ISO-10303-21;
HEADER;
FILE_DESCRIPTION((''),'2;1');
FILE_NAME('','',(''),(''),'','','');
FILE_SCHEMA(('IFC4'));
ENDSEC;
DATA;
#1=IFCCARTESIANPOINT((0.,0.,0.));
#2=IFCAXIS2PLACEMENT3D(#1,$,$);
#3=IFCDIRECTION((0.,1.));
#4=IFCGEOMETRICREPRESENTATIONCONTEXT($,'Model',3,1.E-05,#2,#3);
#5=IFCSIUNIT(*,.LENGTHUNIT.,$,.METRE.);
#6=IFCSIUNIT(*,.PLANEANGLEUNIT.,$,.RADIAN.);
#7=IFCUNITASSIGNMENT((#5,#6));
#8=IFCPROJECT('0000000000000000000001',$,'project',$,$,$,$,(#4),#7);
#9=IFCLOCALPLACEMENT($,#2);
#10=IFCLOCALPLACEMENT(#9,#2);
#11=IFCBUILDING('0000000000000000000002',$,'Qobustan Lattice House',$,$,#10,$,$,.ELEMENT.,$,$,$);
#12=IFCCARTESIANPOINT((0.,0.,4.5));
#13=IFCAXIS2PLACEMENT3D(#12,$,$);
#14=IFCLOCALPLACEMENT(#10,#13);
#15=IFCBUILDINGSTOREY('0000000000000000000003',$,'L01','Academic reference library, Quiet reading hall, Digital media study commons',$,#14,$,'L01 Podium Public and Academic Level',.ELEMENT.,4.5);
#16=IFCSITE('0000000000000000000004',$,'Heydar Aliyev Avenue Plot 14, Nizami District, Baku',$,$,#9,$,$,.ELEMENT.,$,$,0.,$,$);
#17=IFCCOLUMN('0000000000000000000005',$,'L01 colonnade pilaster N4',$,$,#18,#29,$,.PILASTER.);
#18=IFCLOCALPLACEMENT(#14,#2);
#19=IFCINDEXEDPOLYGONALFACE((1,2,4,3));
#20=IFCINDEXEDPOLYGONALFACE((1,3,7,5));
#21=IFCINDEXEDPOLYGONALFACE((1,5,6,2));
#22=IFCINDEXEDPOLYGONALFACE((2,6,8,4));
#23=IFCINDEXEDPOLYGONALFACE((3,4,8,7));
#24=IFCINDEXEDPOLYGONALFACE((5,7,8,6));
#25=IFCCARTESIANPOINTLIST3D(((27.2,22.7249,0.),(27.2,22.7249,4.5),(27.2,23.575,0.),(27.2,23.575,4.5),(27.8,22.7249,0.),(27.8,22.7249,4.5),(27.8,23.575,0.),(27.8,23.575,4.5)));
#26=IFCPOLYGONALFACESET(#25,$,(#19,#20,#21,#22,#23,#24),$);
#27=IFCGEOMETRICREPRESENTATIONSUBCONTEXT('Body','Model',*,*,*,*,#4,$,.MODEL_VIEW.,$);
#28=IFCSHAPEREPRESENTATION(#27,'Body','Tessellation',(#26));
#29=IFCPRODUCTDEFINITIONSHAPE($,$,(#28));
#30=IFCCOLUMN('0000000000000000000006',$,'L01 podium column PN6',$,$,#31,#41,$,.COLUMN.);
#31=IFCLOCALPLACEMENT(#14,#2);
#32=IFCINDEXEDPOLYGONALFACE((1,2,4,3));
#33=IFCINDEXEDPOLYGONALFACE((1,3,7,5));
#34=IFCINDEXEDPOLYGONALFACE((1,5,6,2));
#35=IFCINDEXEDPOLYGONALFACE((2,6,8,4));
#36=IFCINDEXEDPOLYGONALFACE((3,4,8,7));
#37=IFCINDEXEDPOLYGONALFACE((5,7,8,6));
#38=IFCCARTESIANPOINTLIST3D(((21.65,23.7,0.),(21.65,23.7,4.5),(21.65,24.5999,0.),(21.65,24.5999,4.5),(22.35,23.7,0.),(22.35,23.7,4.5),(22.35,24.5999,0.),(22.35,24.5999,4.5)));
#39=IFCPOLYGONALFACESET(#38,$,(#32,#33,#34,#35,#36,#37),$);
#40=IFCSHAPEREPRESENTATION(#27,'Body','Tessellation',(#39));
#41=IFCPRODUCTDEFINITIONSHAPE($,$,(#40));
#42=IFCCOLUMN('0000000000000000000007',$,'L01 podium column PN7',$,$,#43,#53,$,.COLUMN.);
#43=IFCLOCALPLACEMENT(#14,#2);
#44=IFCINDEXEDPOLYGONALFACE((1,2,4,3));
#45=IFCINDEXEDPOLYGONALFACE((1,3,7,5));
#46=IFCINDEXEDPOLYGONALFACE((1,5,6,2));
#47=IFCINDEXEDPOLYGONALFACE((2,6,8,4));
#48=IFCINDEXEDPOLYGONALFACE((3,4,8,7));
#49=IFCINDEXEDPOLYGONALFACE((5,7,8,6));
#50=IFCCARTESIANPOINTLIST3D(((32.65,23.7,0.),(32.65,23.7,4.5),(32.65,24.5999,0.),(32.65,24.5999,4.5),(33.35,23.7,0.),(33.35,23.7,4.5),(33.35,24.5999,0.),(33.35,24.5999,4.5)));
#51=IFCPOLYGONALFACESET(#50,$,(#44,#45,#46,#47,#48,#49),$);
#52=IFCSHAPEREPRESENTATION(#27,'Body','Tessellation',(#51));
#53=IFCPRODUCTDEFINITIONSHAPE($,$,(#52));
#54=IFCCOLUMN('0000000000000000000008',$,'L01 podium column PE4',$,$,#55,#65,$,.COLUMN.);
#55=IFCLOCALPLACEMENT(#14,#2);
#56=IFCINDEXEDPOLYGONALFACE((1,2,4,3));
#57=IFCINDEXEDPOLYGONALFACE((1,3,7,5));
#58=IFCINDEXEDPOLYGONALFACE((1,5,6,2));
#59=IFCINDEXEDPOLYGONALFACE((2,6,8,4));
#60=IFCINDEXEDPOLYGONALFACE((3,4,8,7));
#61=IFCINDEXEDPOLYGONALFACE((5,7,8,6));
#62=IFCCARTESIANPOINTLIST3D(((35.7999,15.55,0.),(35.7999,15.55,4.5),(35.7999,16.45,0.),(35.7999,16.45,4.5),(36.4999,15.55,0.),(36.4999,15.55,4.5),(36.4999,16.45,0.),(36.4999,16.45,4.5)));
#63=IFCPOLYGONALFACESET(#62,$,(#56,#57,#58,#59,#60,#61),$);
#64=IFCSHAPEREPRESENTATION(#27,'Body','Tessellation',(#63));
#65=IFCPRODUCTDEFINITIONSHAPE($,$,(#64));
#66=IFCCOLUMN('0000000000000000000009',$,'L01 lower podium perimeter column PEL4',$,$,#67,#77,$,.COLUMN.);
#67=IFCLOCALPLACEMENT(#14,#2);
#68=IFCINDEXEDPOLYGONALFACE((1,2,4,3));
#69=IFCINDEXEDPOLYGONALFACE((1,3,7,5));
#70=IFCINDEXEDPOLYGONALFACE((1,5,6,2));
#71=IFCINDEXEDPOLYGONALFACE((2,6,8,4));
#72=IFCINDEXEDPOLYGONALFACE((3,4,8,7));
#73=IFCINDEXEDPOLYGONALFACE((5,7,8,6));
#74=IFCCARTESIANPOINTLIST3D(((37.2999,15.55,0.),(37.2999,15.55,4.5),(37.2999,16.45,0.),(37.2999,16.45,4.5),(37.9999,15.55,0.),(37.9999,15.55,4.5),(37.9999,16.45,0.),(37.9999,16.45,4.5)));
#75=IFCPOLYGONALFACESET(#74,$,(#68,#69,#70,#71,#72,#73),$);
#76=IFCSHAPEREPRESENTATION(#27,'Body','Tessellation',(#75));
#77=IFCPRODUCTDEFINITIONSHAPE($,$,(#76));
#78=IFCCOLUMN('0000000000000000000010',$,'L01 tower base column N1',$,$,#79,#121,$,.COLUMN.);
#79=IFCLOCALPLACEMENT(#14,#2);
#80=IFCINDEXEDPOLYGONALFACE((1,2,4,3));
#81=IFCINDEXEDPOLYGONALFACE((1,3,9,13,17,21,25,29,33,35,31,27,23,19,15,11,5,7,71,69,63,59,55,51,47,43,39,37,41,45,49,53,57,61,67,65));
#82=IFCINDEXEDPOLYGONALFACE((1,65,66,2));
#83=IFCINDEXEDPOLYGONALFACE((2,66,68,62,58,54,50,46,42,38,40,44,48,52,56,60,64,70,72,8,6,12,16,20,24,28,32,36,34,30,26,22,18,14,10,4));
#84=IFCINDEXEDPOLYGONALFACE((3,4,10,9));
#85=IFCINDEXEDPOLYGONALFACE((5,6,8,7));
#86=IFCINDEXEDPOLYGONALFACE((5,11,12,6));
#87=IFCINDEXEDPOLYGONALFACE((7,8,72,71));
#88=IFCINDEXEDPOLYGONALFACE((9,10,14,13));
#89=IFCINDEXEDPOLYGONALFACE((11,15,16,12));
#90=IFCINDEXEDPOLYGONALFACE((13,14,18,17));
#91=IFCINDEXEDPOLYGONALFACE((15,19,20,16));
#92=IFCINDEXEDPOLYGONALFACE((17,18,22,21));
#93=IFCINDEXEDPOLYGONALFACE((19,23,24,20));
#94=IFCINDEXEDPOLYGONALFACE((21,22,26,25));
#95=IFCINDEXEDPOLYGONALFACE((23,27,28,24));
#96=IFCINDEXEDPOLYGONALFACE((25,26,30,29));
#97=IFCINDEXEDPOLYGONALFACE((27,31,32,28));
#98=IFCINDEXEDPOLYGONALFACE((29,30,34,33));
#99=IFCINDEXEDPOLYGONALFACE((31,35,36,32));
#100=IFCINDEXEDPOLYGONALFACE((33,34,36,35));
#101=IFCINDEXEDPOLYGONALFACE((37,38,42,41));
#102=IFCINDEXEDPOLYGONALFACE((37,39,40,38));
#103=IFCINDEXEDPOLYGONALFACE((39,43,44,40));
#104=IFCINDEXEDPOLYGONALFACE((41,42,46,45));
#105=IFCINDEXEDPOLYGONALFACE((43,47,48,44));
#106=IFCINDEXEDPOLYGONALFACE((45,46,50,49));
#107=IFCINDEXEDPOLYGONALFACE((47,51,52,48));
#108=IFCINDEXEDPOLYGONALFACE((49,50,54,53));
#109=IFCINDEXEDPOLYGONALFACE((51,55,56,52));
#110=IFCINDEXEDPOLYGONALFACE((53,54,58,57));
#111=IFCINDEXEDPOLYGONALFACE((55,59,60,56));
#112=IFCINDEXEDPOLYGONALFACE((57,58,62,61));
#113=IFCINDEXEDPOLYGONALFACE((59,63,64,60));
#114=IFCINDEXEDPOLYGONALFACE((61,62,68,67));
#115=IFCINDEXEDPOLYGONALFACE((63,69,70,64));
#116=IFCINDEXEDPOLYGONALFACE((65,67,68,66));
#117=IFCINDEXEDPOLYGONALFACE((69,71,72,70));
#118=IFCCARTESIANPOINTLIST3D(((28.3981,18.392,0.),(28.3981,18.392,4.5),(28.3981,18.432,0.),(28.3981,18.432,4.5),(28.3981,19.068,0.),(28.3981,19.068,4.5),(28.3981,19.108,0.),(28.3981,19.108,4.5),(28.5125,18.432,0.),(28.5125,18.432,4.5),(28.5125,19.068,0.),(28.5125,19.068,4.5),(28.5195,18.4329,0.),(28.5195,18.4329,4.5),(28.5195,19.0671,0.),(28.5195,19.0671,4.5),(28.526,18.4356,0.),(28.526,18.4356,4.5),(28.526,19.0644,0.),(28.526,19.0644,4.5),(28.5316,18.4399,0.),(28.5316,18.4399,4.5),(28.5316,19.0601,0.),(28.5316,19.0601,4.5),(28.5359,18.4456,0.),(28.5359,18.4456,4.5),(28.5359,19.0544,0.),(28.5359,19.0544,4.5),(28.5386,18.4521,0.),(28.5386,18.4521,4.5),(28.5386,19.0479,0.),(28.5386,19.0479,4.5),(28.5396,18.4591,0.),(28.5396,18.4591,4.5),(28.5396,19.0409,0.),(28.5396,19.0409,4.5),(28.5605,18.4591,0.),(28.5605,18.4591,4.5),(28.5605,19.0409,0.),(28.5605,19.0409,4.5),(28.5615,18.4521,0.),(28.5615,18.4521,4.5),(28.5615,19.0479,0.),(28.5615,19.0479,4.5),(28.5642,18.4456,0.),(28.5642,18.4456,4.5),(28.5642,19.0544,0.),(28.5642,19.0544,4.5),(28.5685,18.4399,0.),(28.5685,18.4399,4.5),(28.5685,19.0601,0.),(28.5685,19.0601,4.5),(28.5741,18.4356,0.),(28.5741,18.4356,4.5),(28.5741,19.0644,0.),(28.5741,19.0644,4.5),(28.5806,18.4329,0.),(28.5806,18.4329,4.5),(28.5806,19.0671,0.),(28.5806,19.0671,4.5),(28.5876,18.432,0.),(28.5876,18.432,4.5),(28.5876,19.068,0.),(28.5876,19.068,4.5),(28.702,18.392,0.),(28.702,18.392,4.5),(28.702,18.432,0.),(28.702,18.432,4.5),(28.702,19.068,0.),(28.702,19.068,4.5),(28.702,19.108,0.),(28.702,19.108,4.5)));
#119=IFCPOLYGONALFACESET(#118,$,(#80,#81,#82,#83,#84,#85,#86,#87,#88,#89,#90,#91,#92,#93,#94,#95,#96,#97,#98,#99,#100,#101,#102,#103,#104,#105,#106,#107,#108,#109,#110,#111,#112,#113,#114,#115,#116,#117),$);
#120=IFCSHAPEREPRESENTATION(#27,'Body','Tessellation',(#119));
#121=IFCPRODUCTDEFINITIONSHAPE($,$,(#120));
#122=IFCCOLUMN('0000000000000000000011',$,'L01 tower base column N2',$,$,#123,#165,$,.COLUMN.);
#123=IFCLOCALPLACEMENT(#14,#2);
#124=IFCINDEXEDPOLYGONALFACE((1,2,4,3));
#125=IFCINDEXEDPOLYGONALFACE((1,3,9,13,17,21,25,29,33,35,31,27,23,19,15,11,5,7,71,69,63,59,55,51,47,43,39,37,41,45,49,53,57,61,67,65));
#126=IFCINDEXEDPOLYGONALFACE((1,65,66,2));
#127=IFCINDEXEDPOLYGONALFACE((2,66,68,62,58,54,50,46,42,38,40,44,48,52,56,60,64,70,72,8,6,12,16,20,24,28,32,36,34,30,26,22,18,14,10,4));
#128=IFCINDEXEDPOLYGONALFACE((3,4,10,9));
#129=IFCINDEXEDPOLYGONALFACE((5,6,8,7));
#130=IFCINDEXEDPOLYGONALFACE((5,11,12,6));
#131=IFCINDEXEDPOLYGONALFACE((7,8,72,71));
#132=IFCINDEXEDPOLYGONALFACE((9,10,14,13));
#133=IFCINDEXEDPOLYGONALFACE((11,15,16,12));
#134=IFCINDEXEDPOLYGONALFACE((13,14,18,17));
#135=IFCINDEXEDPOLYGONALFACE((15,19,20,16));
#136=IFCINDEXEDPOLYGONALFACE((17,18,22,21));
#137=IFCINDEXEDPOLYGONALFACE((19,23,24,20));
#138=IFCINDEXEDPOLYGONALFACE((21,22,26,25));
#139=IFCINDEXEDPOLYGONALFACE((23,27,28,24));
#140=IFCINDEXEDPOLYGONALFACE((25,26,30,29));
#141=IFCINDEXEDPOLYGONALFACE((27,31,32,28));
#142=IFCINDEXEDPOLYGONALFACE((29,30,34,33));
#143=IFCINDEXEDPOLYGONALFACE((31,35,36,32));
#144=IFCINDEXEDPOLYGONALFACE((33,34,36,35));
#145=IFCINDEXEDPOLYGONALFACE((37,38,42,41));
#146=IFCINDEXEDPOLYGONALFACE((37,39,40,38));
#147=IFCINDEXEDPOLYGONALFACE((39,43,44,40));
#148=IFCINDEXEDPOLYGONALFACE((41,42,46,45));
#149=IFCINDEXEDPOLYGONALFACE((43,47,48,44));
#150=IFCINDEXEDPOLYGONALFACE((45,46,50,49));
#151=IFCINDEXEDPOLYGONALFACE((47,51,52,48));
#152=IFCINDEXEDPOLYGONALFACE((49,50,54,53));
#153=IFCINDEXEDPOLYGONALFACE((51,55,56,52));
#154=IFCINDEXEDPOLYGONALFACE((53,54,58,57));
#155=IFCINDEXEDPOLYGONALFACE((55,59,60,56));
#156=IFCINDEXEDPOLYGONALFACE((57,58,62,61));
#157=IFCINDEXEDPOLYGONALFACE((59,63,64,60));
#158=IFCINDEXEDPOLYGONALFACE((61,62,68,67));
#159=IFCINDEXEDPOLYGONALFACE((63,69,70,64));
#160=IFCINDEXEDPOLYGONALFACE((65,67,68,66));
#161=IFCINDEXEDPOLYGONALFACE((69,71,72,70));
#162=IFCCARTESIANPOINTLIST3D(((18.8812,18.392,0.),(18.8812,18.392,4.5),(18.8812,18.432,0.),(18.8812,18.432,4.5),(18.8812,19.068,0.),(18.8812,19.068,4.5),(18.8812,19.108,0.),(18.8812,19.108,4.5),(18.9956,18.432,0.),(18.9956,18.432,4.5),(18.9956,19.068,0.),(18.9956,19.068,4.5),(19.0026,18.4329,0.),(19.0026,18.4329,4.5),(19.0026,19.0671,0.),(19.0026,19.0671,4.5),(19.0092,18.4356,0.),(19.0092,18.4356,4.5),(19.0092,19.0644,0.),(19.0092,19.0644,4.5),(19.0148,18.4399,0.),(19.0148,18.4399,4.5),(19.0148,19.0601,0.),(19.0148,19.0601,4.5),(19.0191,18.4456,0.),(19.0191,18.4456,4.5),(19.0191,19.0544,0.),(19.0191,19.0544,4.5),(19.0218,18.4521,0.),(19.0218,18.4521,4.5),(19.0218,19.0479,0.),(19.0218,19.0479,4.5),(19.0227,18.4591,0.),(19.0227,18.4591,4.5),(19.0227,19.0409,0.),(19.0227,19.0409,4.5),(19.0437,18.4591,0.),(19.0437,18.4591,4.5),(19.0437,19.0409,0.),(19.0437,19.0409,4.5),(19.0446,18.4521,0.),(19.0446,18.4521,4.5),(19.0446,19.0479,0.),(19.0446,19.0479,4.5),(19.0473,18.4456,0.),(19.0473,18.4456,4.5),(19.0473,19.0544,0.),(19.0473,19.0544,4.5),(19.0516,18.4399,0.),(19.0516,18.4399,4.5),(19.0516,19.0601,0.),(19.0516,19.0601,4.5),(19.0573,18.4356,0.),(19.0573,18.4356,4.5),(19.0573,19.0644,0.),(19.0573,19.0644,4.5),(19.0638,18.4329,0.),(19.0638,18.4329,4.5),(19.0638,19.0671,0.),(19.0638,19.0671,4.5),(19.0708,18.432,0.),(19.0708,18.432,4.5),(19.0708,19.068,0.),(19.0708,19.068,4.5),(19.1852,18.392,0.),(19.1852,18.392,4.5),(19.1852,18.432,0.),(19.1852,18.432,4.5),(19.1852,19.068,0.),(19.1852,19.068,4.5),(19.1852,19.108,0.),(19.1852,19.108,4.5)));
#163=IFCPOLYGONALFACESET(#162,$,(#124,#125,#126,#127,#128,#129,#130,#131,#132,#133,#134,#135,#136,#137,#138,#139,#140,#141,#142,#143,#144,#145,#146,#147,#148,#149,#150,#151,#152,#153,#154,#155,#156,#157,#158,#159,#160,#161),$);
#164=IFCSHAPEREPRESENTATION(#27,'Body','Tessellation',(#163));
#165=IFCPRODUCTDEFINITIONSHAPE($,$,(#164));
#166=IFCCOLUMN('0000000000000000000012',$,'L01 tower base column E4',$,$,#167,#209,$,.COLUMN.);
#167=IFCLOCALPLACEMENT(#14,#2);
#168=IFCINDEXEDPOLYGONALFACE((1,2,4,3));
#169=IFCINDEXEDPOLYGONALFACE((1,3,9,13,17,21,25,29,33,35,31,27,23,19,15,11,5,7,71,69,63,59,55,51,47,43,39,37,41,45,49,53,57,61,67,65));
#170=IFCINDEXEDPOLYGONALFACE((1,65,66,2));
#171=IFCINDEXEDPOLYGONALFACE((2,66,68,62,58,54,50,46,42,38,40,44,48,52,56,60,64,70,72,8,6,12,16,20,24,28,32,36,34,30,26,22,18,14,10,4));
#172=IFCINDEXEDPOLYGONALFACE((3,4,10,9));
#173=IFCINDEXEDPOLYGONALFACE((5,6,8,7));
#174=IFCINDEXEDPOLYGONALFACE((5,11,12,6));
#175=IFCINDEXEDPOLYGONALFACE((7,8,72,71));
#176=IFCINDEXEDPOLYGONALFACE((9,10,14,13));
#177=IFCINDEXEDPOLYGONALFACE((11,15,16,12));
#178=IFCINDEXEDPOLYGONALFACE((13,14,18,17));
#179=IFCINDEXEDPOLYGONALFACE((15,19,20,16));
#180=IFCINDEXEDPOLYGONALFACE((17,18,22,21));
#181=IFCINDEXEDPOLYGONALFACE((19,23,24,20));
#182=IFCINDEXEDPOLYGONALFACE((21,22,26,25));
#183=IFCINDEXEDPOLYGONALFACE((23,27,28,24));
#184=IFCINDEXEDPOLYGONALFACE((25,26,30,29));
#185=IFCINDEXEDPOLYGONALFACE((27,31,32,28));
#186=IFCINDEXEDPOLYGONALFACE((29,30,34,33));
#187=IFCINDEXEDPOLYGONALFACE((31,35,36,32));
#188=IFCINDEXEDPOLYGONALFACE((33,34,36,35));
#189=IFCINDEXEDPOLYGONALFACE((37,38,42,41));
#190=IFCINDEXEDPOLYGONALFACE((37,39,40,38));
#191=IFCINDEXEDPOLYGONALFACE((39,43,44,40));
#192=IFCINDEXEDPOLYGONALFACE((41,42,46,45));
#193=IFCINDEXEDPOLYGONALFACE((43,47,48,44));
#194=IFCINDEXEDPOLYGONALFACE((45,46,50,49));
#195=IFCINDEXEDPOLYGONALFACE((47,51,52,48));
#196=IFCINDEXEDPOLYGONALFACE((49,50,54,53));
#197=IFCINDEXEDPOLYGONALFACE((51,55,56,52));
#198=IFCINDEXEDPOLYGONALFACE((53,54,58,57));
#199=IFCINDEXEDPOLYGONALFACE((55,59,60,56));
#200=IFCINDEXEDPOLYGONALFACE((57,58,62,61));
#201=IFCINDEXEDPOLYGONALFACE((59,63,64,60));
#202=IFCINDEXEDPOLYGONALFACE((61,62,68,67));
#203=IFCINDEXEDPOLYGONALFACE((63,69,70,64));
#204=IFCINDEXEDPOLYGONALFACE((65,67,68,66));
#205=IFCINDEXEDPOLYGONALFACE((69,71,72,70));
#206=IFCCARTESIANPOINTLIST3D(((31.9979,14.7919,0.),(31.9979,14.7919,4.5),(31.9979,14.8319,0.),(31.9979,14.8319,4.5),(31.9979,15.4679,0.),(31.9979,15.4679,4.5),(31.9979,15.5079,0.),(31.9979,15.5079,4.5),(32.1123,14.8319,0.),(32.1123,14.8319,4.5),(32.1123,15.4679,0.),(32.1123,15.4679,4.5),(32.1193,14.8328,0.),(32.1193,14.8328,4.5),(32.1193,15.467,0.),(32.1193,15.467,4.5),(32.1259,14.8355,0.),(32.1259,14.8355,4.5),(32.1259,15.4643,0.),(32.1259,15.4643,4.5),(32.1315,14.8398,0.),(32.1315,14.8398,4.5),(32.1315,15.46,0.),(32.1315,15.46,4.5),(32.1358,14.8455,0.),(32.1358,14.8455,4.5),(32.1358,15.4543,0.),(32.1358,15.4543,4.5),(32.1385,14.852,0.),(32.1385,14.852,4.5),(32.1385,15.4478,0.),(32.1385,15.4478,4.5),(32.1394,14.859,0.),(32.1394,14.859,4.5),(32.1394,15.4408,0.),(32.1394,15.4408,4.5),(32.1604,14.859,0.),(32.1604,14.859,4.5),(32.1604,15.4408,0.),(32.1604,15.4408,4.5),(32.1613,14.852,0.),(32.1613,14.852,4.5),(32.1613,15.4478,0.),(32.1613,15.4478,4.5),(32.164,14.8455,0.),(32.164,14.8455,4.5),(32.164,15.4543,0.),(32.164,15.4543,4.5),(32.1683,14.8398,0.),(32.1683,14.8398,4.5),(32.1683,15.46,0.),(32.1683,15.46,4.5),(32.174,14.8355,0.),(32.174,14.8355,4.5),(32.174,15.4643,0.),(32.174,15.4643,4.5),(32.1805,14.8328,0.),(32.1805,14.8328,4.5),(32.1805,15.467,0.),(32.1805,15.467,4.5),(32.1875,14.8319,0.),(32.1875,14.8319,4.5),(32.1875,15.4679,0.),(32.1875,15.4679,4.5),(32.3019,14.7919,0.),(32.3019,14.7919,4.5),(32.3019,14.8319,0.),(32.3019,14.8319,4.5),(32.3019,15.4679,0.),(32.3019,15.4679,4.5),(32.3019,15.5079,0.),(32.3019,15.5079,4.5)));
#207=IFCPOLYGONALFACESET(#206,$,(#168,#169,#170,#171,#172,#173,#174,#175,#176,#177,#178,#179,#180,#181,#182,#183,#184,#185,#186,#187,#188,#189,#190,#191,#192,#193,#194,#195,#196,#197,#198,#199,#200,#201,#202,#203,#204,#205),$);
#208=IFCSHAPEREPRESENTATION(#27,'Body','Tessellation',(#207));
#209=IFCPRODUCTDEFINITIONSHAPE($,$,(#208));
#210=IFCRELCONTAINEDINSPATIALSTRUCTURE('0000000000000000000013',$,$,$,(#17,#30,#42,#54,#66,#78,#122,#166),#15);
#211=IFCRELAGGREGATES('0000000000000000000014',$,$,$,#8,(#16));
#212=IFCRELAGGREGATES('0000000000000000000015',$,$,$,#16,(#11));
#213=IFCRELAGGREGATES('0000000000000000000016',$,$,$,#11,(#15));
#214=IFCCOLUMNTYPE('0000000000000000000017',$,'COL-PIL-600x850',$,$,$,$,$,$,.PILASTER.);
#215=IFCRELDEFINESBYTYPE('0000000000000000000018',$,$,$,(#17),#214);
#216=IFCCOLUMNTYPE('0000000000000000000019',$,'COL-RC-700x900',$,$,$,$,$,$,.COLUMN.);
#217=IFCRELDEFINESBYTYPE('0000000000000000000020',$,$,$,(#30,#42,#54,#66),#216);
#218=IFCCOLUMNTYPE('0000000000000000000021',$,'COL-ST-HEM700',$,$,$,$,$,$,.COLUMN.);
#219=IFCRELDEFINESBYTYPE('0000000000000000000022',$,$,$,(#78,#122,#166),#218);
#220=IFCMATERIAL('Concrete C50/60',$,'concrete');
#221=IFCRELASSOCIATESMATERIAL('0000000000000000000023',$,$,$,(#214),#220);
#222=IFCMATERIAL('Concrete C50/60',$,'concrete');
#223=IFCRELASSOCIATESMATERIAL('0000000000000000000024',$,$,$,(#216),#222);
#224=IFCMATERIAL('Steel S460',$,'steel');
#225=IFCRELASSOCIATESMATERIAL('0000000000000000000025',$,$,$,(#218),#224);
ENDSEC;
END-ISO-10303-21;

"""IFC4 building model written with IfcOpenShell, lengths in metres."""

from ifc_helpers import new_model, si_unit, direction, frame, origin, origin_2d, place, context, subcontext, project, spatial, rectangle, i_section, extrude, material, material_profile, profile_set, type_object, element, save


model = new_model("IFC4")

# Units and contexts
model_context = context("Model", 3, precision=1e-05, world=origin(), true_north=direction((0.0, 1.0)))
body_context = subcontext(model_context, "Body", "Model", "MODEL_VIEW")
ifc_project = project(units=[si_unit("LENGTHUNIT", "METRE"), si_unit("PLANEANGLEUNIT", "RADIAN")], contexts=[model_context])

# Site, building, storey
site_placement = place(None, origin())
site = spatial("IfcSite", under=ifc_project, at=site_placement, Name="Heydar Aliyev Avenue Plot 14, Nizami District, Baku", CompositionType="ELEMENT", RefElevation=0.0)
building_placement = place(site_placement, origin())
building = spatial("IfcBuilding", under=site, at=building_placement, Name="Qobustan Lattice House", CompositionType="ELEMENT")
storey_placement = place(building_placement, frame((0.0, 0.0, 4.5)))
storey = spatial("IfcBuildingStorey", under=building, at=storey_placement, Name="L01", Description="Academic reference library, Quiet reading hall, Digital media study commons", LongName="L01 Podium Public and Academic Level", CompositionType="ELEMENT", Elevation=4.5)

# Columns
ifc_material_1 = material(Name="Concrete C50/60", Category="concrete")
ifc_material_profile_1 = material_profile(ifc_material_1, rectangle(XDim=0.6001, YDim=0.8501, at=origin_2d()), Name="RC600x850")
ifc_profile_set_1 = profile_set([ifc_material_profile_1], Name="Concrete C50/60")
column_type_1 = type_object("IfcColumnType", Name="COL-PIL-600x850", PredefinedType="PILASTER", material=ifc_profile_set_1)
column_placement = place(storey_placement, frame((27.5, 23.1499, 0.0), z_axis=(0.0, 0.0, 1.0), x_axis=(1.0, 0.0, 0.0)))
element("IfcColumn", 1, at=column_placement, inside=storey, type_object=column_type_1, Name="L01 colonnade pilaster N4", PredefinedType="PILASTER", context=body_context, shape_type="SweptSolid", body=[
    extrude(rectangle(XDim=0.6001, YDim=0.8501, at=origin_2d()), origin(), (0.0, 0.0, 1.0), 4.5),
])
ifc_material_2 = material(Name="Concrete C50/60", Category="concrete")
ifc_material_profile_2 = material_profile(ifc_material_2, rectangle(XDim=0.7, YDim=0.8999, at=origin_2d()), Name="RC700x900")
ifc_profile_set_2 = profile_set([ifc_material_profile_2], Name="Concrete C50/60")
column_type_2 = type_object("IfcColumnType", Name="COL-RC-700x900", PredefinedType="COLUMN", material=ifc_profile_set_2)
for number, where, z_axis, x_axis, name in (
    (2, (22.0, 24.1499, 0.0), (0.0, 0.0, 1.0), (1.0, 0.0, 0.0), "L01 podium column PN6"),
    (3, (33.0, 24.1499, 0.0), (0.0, 0.0, 1.0), (1.0, 0.0, 0.0), "L01 podium column PN7"),
    (4, (36.1499, 16.0, 0.0), (0.0, 0.0, 1.0), (1.0, 0.0, 0.0), "L01 podium column PE4"),
    (5, (37.6499, 16.0, 0.0), (0.0, 0.0, 1.0), (1.0, 0.0, 0.0), "L01 lower podium perimeter column PEL4"),
):
    element("IfcColumn", number, at=place(storey_placement, frame(where, z_axis=z_axis, x_axis=x_axis)), inside=storey, type_object=column_type_2, Name=name, PredefinedType="COLUMN", context=body_context, shape_type="SweptSolid", body=[
        extrude(rectangle(XDim=0.7, YDim=0.8999, at=origin_2d()), origin(), (0.0, 0.0, 1.0), 4.5),
    ])
ifc_material_3 = material(Name="Steel S460", Category="steel")
ifc_material_profile_3 = material_profile(ifc_material_3, i_section(OverallWidth=0.304, OverallDepth=0.7161, WebThickness=0.021, FlangeThickness=0.04, FilletRadius=0.0271, at=origin_2d()), Name="HEM700")
ifc_profile_set_3 = profile_set([ifc_material_profile_3], Name="Steel S460")
column_type_3 = type_object("IfcColumnType", Name="COL-ST-HEM700", PredefinedType="COLUMN", material=ifc_profile_set_3)
for number, where, z_axis, x_axis, name in (
    (6, (28.55, 18.75, 0.0), (0.0, 0.0, 1.0), (1.0, 0.0, 0.0), "L01 tower base column N1"),
    (7, (19.0332, 18.75, 0.0), (0.0, 0.0, 1.0), (1.0, 0.0, 0.0), "L01 tower base column N2"),
    (8, (32.1499, 15.1499, 0.0), (0.0, 0.0, 1.0), (1.0, 0.0, 0.0), "L01 tower base column E4"),
):
    element("IfcColumn", number, at=place(storey_placement, frame(where, z_axis=z_axis, x_axis=x_axis)), inside=storey, type_object=column_type_3, Name=name, PredefinedType="COLUMN", context=body_context, shape_type="SweptSolid", body=[
        extrude(i_section(OverallWidth=0.304, OverallDepth=0.7161, WebThickness=0.021, FlangeThickness=0.04, FilletRadius=0.0271, at=origin_2d()), origin(), (0.0, 0.0, 1.0), 4.5),
    ])

save(model, "model.ifc")
